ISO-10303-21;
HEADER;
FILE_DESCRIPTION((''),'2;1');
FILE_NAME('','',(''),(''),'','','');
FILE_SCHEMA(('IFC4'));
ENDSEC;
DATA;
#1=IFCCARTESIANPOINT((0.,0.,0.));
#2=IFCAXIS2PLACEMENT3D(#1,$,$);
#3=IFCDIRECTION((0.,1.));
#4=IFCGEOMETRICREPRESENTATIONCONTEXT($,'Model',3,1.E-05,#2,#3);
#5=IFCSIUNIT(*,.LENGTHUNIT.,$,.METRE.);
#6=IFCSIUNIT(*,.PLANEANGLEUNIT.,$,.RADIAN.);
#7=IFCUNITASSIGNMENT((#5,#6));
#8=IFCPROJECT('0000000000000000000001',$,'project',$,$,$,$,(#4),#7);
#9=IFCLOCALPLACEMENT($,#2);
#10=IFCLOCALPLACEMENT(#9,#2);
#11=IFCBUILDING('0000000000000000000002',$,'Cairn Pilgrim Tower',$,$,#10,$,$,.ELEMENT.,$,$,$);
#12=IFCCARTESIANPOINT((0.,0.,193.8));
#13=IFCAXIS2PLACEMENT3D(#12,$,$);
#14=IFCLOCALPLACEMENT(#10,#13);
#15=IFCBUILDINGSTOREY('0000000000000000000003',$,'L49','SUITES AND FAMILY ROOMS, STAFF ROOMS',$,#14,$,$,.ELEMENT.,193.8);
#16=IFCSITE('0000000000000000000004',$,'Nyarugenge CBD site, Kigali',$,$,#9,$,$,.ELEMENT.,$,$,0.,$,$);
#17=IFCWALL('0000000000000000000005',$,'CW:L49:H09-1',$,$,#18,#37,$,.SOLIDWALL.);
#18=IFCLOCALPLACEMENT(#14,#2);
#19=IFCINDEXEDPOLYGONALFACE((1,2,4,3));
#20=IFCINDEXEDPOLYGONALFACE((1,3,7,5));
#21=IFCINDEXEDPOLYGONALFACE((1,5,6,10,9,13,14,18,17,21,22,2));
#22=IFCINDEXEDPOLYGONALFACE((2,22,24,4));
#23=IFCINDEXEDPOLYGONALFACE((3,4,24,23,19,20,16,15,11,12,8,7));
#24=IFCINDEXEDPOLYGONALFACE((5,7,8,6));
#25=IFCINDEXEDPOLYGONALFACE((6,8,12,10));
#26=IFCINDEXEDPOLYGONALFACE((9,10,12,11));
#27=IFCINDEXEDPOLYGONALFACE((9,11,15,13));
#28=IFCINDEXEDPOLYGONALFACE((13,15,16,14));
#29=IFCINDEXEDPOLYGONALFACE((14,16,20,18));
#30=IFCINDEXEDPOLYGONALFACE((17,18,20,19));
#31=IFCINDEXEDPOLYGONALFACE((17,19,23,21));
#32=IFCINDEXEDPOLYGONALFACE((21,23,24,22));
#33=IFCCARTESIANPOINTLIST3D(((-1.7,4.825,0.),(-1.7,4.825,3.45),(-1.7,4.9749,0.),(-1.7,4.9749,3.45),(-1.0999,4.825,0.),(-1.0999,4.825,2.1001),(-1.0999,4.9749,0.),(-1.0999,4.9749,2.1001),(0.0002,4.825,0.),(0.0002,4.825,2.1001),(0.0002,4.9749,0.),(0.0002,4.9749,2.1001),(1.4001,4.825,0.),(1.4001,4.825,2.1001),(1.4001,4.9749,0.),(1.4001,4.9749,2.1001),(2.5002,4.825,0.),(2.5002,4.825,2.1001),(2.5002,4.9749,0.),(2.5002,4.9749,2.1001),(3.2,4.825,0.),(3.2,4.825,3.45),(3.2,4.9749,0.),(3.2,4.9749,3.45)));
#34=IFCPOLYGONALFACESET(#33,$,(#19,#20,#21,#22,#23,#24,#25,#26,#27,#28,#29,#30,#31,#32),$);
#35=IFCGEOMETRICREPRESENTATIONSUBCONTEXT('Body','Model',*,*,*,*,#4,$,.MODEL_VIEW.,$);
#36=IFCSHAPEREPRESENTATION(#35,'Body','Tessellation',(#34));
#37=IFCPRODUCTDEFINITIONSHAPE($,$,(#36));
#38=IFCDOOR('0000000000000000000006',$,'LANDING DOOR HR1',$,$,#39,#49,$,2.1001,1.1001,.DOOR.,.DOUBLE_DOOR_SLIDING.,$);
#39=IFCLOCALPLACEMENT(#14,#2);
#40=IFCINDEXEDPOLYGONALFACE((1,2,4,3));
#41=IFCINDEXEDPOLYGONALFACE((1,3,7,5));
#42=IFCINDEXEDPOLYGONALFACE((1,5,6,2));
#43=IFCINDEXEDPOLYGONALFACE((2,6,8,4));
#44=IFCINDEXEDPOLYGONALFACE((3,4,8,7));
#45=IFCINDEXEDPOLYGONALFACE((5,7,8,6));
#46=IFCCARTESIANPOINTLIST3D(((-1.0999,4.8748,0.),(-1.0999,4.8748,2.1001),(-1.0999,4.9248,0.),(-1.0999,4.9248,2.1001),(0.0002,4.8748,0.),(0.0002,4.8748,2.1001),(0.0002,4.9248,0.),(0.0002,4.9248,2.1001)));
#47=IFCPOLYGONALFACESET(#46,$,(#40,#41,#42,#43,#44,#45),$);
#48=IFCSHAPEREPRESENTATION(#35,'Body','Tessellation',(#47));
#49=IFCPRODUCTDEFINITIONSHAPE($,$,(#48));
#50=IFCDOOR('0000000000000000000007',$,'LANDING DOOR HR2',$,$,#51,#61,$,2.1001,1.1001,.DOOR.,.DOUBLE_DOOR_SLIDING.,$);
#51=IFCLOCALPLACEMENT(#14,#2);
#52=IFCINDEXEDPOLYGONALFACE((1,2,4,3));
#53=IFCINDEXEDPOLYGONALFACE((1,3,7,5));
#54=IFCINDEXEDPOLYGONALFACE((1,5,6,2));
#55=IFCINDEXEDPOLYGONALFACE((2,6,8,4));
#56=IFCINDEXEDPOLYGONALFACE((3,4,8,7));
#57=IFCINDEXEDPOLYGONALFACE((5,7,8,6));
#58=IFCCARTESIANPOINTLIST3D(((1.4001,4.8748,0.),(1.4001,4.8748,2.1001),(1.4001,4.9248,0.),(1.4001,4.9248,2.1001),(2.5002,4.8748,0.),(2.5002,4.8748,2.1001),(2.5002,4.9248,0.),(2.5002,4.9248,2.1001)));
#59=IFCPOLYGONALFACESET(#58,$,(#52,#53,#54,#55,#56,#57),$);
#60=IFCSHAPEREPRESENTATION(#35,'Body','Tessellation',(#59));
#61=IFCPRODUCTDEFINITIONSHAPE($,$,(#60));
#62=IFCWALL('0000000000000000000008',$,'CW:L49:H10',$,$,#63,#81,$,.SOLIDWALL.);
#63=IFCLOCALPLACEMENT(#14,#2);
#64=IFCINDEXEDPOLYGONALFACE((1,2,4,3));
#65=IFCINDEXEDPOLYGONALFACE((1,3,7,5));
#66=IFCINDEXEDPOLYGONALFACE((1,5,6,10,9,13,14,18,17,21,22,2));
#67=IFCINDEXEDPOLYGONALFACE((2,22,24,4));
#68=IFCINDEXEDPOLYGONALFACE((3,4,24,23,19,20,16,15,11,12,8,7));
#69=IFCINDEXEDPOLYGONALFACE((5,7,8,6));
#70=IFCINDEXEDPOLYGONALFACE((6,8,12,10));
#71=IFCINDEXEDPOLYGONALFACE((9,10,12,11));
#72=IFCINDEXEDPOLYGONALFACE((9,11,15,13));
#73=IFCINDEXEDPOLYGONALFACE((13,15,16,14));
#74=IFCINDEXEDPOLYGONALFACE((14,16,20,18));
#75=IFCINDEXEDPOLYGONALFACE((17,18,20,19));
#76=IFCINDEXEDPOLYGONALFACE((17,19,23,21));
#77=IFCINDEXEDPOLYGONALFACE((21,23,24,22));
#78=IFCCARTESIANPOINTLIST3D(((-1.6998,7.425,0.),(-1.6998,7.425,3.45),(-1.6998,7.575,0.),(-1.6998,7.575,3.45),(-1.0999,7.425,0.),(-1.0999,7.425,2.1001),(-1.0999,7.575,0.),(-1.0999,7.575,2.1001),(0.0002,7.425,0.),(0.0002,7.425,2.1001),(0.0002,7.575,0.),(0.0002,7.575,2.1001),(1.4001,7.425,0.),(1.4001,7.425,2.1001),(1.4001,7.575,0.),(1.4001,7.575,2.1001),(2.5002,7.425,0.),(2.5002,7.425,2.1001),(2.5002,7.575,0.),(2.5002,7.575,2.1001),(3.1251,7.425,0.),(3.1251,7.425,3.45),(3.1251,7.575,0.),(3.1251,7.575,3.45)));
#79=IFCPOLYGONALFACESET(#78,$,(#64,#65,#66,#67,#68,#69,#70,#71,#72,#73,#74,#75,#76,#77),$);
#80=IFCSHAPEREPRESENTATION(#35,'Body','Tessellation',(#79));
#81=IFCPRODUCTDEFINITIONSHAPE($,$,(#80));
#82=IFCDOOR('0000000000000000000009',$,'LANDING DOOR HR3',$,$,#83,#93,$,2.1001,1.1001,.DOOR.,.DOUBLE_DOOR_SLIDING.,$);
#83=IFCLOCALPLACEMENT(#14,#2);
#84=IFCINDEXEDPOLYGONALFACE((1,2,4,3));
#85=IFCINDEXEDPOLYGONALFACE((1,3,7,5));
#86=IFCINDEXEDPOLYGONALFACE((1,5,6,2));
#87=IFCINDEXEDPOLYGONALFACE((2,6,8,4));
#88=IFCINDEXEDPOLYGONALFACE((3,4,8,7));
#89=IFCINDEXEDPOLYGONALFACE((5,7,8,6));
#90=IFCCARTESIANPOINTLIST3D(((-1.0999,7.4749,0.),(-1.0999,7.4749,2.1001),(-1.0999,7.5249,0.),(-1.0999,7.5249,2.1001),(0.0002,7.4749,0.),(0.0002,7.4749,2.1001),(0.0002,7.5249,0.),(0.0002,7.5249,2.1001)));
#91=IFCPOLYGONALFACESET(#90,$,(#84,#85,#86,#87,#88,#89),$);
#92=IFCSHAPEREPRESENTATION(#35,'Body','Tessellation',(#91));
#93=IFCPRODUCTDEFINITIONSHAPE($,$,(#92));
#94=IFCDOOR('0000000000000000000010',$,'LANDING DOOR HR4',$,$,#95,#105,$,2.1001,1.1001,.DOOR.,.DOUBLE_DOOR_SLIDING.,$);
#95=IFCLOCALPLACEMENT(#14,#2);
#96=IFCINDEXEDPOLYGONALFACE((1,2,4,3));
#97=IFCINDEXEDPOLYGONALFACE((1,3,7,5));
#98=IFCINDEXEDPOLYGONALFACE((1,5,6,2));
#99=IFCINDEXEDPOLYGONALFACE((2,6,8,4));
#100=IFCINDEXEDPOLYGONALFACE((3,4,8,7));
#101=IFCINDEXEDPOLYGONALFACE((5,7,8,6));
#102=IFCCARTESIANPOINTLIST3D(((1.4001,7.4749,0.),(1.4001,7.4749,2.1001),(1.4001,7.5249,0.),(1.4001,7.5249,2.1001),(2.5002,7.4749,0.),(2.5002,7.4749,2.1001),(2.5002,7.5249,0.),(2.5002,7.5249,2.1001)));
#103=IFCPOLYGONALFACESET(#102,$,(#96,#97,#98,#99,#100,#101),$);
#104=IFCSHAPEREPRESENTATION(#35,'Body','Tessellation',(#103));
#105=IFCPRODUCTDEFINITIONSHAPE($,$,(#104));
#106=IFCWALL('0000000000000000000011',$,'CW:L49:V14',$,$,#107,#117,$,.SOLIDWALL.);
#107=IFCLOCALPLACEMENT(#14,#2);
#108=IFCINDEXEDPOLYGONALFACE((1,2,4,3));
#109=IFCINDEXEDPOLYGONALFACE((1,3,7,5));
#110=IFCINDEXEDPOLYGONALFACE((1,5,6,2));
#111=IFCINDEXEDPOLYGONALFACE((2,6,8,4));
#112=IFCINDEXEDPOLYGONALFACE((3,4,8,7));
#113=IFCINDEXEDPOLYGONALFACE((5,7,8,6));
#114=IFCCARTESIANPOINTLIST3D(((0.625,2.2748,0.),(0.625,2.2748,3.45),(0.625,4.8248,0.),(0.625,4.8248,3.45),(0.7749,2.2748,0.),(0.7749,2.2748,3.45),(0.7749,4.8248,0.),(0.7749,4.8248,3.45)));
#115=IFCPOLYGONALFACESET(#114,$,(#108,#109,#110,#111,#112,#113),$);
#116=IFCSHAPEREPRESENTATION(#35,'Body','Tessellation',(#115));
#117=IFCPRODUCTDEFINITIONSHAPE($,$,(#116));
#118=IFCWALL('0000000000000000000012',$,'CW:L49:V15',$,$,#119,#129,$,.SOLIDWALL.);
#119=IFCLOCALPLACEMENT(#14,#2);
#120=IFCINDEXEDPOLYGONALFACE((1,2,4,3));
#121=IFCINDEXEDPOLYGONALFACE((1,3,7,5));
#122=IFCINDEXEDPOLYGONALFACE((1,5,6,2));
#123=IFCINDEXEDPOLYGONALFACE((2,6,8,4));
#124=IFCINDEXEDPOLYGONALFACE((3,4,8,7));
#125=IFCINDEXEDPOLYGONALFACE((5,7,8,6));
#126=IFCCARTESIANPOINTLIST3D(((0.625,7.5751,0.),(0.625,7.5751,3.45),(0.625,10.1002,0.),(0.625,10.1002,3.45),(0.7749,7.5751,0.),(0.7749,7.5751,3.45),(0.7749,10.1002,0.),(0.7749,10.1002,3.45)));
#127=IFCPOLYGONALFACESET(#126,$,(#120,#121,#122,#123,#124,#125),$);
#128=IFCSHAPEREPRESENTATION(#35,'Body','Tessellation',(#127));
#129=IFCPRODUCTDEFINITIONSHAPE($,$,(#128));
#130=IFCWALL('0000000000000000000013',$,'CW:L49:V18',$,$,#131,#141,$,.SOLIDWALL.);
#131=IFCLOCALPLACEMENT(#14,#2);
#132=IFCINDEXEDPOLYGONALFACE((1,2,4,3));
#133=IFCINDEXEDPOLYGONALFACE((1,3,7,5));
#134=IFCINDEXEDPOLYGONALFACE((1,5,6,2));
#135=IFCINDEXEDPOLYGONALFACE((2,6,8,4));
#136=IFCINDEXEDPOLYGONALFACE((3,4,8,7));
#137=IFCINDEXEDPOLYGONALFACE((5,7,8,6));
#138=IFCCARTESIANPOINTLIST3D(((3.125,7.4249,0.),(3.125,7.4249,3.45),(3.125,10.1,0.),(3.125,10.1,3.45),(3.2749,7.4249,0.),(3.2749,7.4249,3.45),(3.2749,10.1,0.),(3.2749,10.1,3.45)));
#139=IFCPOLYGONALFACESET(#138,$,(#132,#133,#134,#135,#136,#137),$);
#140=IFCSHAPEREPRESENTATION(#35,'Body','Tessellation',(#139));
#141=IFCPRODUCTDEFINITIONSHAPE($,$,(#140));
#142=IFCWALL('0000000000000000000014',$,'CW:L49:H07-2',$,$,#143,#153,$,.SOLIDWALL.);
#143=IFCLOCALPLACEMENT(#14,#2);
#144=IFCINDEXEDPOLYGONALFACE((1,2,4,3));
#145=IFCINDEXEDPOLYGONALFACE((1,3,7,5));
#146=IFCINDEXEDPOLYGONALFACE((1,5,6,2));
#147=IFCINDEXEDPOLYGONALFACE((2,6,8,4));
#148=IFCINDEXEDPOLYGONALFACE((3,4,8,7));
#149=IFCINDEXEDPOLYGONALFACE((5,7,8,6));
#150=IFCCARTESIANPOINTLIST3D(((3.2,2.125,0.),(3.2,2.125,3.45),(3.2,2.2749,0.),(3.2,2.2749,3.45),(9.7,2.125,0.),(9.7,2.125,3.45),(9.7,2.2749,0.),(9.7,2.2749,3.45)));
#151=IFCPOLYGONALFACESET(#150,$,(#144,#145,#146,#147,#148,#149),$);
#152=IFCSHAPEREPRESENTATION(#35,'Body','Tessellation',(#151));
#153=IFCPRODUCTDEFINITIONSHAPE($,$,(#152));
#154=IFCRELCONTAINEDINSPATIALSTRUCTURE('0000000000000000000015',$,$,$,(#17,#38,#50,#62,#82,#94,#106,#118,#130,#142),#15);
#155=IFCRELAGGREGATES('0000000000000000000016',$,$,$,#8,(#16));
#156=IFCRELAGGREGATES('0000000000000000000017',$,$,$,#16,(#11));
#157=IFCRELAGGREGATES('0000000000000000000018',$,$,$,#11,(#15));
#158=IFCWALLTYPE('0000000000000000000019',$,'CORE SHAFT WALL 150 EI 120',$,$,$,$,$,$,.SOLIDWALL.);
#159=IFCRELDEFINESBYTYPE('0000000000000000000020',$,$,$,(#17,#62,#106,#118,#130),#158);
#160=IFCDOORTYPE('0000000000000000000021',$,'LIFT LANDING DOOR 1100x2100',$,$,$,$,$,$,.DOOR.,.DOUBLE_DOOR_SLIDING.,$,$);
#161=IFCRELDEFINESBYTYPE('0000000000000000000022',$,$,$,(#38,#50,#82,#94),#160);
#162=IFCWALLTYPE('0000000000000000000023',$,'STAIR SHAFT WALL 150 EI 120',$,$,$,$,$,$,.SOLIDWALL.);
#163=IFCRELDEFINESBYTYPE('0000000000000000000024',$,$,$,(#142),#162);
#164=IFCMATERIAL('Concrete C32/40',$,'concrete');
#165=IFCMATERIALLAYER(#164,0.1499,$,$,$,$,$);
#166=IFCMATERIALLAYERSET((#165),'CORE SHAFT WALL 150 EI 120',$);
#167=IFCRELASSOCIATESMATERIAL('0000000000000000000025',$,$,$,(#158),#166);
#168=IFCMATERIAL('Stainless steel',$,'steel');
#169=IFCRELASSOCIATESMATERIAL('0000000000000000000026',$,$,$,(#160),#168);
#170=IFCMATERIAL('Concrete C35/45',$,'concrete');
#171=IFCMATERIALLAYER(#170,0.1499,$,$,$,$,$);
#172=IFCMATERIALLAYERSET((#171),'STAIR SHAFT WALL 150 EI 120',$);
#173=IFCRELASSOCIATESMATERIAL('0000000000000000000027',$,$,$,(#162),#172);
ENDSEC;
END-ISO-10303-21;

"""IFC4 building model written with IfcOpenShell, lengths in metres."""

from ifc_helpers import new_model, si_unit, direction, frame, frame_2d, origin, place, context, subcontext, project, spatial, rectangle, extrude, material, layer, layer_set, type_object, element, fill, save


model = new_model("IFC4")

# Units and contexts
model_context = context("Model", 3, precision=1e-05, world=origin(), true_north=direction((0.0, 1.0)))
body_context = subcontext(model_context, "Body", "Model", "MODEL_VIEW")
ifc_project = project(units=[si_unit("LENGTHUNIT", "METRE"), si_unit("PLANEANGLEUNIT", "RADIAN")], contexts=[model_context])

# Site, building, storey
site_placement = place(None, origin())
site = spatial("IfcSite", under=ifc_project, at=site_placement, Name="Nyarugenge CBD site, Kigali", CompositionType="ELEMENT", RefElevation=0.0)
building_placement = place(site_placement, origin())
building = spatial("IfcBuilding", under=site, at=building_placement, Name="Cairn Pilgrim Tower", CompositionType="ELEMENT")
storey_placement = place(building_placement, frame((0.0, 0.0, 193.8)))
storey = spatial("IfcBuildingStorey", under=building, at=storey_placement, Name="L49", Description="SUITES AND FAMILY ROOMS, STAFF ROOMS", CompositionType="ELEMENT", Elevation=193.8)

# Shared definitions
ifc_material_1 = material(Name="Concrete C32/40", Category="concrete")
ifc_layer_1 = layer(ifc_material_1, 0.1499)
ifc_layer_set_1 = layer_set([ifc_layer_1], Name="CORE SHAFT WALL 150 EI 120")
wall_type_1 = type_object("IfcWallType", Name="CORE SHAFT WALL 150 EI 120", PredefinedType="SOLIDWALL", material=ifc_layer_set_1)

# Walls, openings, doors
wall_1_placement = place(storey_placement, frame((-1.7, 4.8999, 0.0), z_axis=(0.0, 0.0, 1.0), x_axis=(1.0, 0.0, 0.0)))
wall_1 = element("IfcWall", 1, at=wall_1_placement, inside=storey, type_object=wall_type_1, Name="CW:L49:H09-1", PredefinedType="SOLIDWALL", context=body_context, shape_type="SweptSolid", body=[
    extrude(rectangle(XDim=4.8999, YDim=0.1499, at=frame_2d((2.45, 0.0))), origin(), (0.0, 0.0, 1.0), 3.45),
])
opening_1_placement = place(wall_1_placement, frame((0.6001, 0.0, 0.0)))
opening_1 = element("IfcOpeningElement", 2, at=opening_1_placement, cuts=wall_1, PredefinedType="OPENING", context=body_context, shape_type="SweptSolid", body=[
    extrude(rectangle(XDim=1.1001, YDim=2.1001, at=frame_2d((0.55, 1.05))), frame((0.0, 0.085, 0.0), z_axis=(0.0, -1.0, 0.0), x_axis=(1.0, 0.0, 0.0)), (0.0, 0.0, 1.0), 0.1699),
])
opening_2_placement = place(wall_1_placement, frame((3.1001, 0.0, 0.0)))
opening_2 = element("IfcOpeningElement", 3, at=opening_2_placement, cuts=wall_1, PredefinedType="OPENING", context=body_context, shape_type="SweptSolid", body=[
    extrude(rectangle(XDim=1.1001, YDim=2.1001, at=frame_2d((0.55, 1.05))), frame((0.0, 0.085, 0.0), z_axis=(0.0, -1.0, 0.0), x_axis=(1.0, 0.0, 0.0)), (0.0, 0.0, 1.0), 0.1699),
])
ifc_material_2 = material(Name="Stainless steel", Category="steel")
door_type_1 = type_object("IfcDoorType", Name="LIFT LANDING DOOR 1100x2100", OperationType="DOUBLE_DOOR_SLIDING", PredefinedType="DOOR", material=ifc_material_2)
door_1_placement = place(opening_1_placement, origin())
door_1 = element("IfcDoor", 4, at=door_1_placement, inside=storey, type_object=door_type_1, Name="LANDING DOOR HR1", OperationType="DOUBLE_DOOR_SLIDING", OverallHeight=2.1001, OverallWidth=1.1001, PredefinedType="DOOR", context=body_context, shape_type="SweptSolid", body=[
    extrude(rectangle(XDim=1.1001, YDim=2.1001, at=frame_2d((0.55, 1.05))), frame((0.0, 0.0249, 0.0), z_axis=(0.0, -1.0, 0.0), x_axis=(1.0, 0.0, 0.0)), (0.0, 0.0, 1.0), 0.05),
])
fill(opening_1, door_1)
door_2_placement = place(opening_2_placement, origin())
door_2 = element("IfcDoor", 5, at=door_2_placement, inside=storey, type_object=door_type_1, Name="LANDING DOOR HR2", OperationType="DOUBLE_DOOR_SLIDING", OverallHeight=2.1001, OverallWidth=1.1001, PredefinedType="DOOR", context=body_context, shape_type="SweptSolid", body=[
    extrude(rectangle(XDim=1.1001, YDim=2.1001, at=frame_2d((0.55, 1.05))), frame((0.0, 0.0249, 0.0), z_axis=(0.0, -1.0, 0.0), x_axis=(1.0, 0.0, 0.0)), (0.0, 0.0, 1.0), 0.05),
])
fill(opening_2, door_2)
wall_2_placement = place(storey_placement, frame((-1.7, 7.5, 0.0), z_axis=(0.0, 0.0, 1.0), x_axis=(1.0, 0.0, 0.0)))
wall_2 = element("IfcWall", 6, at=wall_2_placement, inside=storey, type_object=wall_type_1, Name="CW:L49:H10", PredefinedType="SOLIDWALL", context=body_context, shape_type="SweptSolid", body=[
    extrude(rectangle(XDim=4.825, YDim=0.1499, at=frame_2d((2.4126, 0.0))), origin(), (0.0, 0.0, 1.0), 3.45),
])
opening_3_placement = place(wall_2_placement, frame((0.6001, 0.0, 0.0)))
opening_3 = element("IfcOpeningElement", 7, at=opening_3_placement, cuts=wall_2, PredefinedType="OPENING", context=body_context, shape_type="SweptSolid", body=[
    extrude(rectangle(XDim=1.1001, YDim=2.1001, at=frame_2d((0.55, 1.05))), frame((0.0, 0.085, 0.0), z_axis=(0.0, -1.0, 0.0), x_axis=(1.0, 0.0, 0.0)), (0.0, 0.0, 1.0), 0.1699),
])
opening_4_placement = place(wall_2_placement, frame((3.1001, 0.0, 0.0)))
opening_4 = element("IfcOpeningElement", 8, at=opening_4_placement, cuts=wall_2, PredefinedType="OPENING", context=body_context, shape_type="SweptSolid", body=[
    extrude(rectangle(XDim=1.1001, YDim=2.1001, at=frame_2d((0.55, 1.05))), frame((0.0, 0.085, 0.0), z_axis=(0.0, -1.0, 0.0), x_axis=(1.0, 0.0, 0.0)), (0.0, 0.0, 1.0), 0.1699),
])
door_3_placement = place(opening_3_placement, origin())
door_3 = element("IfcDoor", 9, at=door_3_placement, inside=storey, type_object=door_type_1, Name="LANDING DOOR HR3", OperationType="DOUBLE_DOOR_SLIDING", OverallHeight=2.1001, OverallWidth=1.1001, PredefinedType="DOOR", context=body_context, shape_type="SweptSolid", body=[
    extrude(rectangle(XDim=1.1001, YDim=2.1001, at=frame_2d((0.55, 1.05))), frame((0.0, 0.0249, 0.0), z_axis=(0.0, -1.0, 0.0), x_axis=(1.0, 0.0, 0.0)), (0.0, 0.0, 1.0), 0.05),
])
fill(opening_3, door_3)
door_4_placement = place(opening_4_placement, origin())
door_4 = element("IfcDoor", 10, at=door_4_placement, inside=storey, type_object=door_type_1, Name="LANDING DOOR HR4", OperationType="DOUBLE_DOOR_SLIDING", OverallHeight=2.1001, OverallWidth=1.1001, PredefinedType="DOOR", context=body_context, shape_type="SweptSolid", body=[
    extrude(rectangle(XDim=1.1001, YDim=2.1001, at=frame_2d((0.55, 1.05))), frame((0.0, 0.0249, 0.0), z_axis=(0.0, -1.0, 0.0), x_axis=(1.0, 0.0, 0.0)), (0.0, 0.0, 1.0), 0.05),
])
fill(opening_4, door_4)

# Walls
wall_3_placement = place(storey_placement, frame((0.7, 2.2749, 0.0), z_axis=(0.0, 0.0, 1.0), x_axis=(0.0, 1.0, 0.0)))
element("IfcWall", 11, at=wall_3_placement, inside=storey, type_object=wall_type_1, Name="CW:L49:V14", PredefinedType="SOLIDWALL", context=body_context, shape_type="SweptSolid", body=[
    extrude(rectangle(XDim=2.55, YDim=0.1499, at=frame_2d((1.2749, 0.0))), origin(), (0.0, 0.0, 1.0), 3.45),
])
wall_4_placement = place(storey_placement, frame((0.7, 7.575, 0.0), z_axis=(0.0, 0.0, 1.0), x_axis=(0.0, 1.0, 0.0)))
element("IfcWall", 12, at=wall_4_placement, inside=storey, type_object=wall_type_1, Name="CW:L49:V15", PredefinedType="SOLIDWALL", context=body_context, shape_type="SweptSolid", body=[
    extrude(rectangle(XDim=2.5251, YDim=0.1499, at=frame_2d((1.2627, 0.0))), origin(), (0.0, 0.0, 1.0), 3.45),
])
wall_5_placement = place(storey_placement, frame((3.2, 7.425, 0.0), z_axis=(0.0, 0.0, 1.0), x_axis=(0.0, 1.0, 0.0)))
element("IfcWall", 13, at=wall_5_placement, inside=storey, type_object=wall_type_1, Name="CW:L49:V18", PredefinedType="SOLIDWALL", context=body_context, shape_type="SweptSolid", body=[
    extrude(rectangle(XDim=2.675, YDim=0.1499, at=frame_2d((1.3374, 0.0))), origin(), (0.0, 0.0, 1.0), 3.45),
])
ifc_material_3 = material(Name="Concrete C35/45", Category="concrete")
ifc_layer_2 = layer(ifc_material_3, 0.1499)
ifc_layer_set_2 = layer_set([ifc_layer_2], Name="STAIR SHAFT WALL 150 EI 120")
wall_type_2 = type_object("IfcWallType", Name="STAIR SHAFT WALL 150 EI 120", PredefinedType="SOLIDWALL", material=ifc_layer_set_2)
wall_6_placement = place(storey_placement, frame((3.2, 2.2, 0.0), z_axis=(0.0, 0.0, 1.0), x_axis=(1.0, 0.0, 0.0)))
element("IfcWall", 14, at=wall_6_placement, inside=storey, type_object=wall_type_2, Name="CW:L49:H07-2", PredefinedType="SOLIDWALL", context=body_context, shape_type="SweptSolid", body=[
    extrude(rectangle(XDim=6.5, YDim=0.1499, at=frame_2d((3.25, 0.0))), origin(), (0.0, 0.0, 1.0), 3.45),
])

save(model, "model.ifc")
